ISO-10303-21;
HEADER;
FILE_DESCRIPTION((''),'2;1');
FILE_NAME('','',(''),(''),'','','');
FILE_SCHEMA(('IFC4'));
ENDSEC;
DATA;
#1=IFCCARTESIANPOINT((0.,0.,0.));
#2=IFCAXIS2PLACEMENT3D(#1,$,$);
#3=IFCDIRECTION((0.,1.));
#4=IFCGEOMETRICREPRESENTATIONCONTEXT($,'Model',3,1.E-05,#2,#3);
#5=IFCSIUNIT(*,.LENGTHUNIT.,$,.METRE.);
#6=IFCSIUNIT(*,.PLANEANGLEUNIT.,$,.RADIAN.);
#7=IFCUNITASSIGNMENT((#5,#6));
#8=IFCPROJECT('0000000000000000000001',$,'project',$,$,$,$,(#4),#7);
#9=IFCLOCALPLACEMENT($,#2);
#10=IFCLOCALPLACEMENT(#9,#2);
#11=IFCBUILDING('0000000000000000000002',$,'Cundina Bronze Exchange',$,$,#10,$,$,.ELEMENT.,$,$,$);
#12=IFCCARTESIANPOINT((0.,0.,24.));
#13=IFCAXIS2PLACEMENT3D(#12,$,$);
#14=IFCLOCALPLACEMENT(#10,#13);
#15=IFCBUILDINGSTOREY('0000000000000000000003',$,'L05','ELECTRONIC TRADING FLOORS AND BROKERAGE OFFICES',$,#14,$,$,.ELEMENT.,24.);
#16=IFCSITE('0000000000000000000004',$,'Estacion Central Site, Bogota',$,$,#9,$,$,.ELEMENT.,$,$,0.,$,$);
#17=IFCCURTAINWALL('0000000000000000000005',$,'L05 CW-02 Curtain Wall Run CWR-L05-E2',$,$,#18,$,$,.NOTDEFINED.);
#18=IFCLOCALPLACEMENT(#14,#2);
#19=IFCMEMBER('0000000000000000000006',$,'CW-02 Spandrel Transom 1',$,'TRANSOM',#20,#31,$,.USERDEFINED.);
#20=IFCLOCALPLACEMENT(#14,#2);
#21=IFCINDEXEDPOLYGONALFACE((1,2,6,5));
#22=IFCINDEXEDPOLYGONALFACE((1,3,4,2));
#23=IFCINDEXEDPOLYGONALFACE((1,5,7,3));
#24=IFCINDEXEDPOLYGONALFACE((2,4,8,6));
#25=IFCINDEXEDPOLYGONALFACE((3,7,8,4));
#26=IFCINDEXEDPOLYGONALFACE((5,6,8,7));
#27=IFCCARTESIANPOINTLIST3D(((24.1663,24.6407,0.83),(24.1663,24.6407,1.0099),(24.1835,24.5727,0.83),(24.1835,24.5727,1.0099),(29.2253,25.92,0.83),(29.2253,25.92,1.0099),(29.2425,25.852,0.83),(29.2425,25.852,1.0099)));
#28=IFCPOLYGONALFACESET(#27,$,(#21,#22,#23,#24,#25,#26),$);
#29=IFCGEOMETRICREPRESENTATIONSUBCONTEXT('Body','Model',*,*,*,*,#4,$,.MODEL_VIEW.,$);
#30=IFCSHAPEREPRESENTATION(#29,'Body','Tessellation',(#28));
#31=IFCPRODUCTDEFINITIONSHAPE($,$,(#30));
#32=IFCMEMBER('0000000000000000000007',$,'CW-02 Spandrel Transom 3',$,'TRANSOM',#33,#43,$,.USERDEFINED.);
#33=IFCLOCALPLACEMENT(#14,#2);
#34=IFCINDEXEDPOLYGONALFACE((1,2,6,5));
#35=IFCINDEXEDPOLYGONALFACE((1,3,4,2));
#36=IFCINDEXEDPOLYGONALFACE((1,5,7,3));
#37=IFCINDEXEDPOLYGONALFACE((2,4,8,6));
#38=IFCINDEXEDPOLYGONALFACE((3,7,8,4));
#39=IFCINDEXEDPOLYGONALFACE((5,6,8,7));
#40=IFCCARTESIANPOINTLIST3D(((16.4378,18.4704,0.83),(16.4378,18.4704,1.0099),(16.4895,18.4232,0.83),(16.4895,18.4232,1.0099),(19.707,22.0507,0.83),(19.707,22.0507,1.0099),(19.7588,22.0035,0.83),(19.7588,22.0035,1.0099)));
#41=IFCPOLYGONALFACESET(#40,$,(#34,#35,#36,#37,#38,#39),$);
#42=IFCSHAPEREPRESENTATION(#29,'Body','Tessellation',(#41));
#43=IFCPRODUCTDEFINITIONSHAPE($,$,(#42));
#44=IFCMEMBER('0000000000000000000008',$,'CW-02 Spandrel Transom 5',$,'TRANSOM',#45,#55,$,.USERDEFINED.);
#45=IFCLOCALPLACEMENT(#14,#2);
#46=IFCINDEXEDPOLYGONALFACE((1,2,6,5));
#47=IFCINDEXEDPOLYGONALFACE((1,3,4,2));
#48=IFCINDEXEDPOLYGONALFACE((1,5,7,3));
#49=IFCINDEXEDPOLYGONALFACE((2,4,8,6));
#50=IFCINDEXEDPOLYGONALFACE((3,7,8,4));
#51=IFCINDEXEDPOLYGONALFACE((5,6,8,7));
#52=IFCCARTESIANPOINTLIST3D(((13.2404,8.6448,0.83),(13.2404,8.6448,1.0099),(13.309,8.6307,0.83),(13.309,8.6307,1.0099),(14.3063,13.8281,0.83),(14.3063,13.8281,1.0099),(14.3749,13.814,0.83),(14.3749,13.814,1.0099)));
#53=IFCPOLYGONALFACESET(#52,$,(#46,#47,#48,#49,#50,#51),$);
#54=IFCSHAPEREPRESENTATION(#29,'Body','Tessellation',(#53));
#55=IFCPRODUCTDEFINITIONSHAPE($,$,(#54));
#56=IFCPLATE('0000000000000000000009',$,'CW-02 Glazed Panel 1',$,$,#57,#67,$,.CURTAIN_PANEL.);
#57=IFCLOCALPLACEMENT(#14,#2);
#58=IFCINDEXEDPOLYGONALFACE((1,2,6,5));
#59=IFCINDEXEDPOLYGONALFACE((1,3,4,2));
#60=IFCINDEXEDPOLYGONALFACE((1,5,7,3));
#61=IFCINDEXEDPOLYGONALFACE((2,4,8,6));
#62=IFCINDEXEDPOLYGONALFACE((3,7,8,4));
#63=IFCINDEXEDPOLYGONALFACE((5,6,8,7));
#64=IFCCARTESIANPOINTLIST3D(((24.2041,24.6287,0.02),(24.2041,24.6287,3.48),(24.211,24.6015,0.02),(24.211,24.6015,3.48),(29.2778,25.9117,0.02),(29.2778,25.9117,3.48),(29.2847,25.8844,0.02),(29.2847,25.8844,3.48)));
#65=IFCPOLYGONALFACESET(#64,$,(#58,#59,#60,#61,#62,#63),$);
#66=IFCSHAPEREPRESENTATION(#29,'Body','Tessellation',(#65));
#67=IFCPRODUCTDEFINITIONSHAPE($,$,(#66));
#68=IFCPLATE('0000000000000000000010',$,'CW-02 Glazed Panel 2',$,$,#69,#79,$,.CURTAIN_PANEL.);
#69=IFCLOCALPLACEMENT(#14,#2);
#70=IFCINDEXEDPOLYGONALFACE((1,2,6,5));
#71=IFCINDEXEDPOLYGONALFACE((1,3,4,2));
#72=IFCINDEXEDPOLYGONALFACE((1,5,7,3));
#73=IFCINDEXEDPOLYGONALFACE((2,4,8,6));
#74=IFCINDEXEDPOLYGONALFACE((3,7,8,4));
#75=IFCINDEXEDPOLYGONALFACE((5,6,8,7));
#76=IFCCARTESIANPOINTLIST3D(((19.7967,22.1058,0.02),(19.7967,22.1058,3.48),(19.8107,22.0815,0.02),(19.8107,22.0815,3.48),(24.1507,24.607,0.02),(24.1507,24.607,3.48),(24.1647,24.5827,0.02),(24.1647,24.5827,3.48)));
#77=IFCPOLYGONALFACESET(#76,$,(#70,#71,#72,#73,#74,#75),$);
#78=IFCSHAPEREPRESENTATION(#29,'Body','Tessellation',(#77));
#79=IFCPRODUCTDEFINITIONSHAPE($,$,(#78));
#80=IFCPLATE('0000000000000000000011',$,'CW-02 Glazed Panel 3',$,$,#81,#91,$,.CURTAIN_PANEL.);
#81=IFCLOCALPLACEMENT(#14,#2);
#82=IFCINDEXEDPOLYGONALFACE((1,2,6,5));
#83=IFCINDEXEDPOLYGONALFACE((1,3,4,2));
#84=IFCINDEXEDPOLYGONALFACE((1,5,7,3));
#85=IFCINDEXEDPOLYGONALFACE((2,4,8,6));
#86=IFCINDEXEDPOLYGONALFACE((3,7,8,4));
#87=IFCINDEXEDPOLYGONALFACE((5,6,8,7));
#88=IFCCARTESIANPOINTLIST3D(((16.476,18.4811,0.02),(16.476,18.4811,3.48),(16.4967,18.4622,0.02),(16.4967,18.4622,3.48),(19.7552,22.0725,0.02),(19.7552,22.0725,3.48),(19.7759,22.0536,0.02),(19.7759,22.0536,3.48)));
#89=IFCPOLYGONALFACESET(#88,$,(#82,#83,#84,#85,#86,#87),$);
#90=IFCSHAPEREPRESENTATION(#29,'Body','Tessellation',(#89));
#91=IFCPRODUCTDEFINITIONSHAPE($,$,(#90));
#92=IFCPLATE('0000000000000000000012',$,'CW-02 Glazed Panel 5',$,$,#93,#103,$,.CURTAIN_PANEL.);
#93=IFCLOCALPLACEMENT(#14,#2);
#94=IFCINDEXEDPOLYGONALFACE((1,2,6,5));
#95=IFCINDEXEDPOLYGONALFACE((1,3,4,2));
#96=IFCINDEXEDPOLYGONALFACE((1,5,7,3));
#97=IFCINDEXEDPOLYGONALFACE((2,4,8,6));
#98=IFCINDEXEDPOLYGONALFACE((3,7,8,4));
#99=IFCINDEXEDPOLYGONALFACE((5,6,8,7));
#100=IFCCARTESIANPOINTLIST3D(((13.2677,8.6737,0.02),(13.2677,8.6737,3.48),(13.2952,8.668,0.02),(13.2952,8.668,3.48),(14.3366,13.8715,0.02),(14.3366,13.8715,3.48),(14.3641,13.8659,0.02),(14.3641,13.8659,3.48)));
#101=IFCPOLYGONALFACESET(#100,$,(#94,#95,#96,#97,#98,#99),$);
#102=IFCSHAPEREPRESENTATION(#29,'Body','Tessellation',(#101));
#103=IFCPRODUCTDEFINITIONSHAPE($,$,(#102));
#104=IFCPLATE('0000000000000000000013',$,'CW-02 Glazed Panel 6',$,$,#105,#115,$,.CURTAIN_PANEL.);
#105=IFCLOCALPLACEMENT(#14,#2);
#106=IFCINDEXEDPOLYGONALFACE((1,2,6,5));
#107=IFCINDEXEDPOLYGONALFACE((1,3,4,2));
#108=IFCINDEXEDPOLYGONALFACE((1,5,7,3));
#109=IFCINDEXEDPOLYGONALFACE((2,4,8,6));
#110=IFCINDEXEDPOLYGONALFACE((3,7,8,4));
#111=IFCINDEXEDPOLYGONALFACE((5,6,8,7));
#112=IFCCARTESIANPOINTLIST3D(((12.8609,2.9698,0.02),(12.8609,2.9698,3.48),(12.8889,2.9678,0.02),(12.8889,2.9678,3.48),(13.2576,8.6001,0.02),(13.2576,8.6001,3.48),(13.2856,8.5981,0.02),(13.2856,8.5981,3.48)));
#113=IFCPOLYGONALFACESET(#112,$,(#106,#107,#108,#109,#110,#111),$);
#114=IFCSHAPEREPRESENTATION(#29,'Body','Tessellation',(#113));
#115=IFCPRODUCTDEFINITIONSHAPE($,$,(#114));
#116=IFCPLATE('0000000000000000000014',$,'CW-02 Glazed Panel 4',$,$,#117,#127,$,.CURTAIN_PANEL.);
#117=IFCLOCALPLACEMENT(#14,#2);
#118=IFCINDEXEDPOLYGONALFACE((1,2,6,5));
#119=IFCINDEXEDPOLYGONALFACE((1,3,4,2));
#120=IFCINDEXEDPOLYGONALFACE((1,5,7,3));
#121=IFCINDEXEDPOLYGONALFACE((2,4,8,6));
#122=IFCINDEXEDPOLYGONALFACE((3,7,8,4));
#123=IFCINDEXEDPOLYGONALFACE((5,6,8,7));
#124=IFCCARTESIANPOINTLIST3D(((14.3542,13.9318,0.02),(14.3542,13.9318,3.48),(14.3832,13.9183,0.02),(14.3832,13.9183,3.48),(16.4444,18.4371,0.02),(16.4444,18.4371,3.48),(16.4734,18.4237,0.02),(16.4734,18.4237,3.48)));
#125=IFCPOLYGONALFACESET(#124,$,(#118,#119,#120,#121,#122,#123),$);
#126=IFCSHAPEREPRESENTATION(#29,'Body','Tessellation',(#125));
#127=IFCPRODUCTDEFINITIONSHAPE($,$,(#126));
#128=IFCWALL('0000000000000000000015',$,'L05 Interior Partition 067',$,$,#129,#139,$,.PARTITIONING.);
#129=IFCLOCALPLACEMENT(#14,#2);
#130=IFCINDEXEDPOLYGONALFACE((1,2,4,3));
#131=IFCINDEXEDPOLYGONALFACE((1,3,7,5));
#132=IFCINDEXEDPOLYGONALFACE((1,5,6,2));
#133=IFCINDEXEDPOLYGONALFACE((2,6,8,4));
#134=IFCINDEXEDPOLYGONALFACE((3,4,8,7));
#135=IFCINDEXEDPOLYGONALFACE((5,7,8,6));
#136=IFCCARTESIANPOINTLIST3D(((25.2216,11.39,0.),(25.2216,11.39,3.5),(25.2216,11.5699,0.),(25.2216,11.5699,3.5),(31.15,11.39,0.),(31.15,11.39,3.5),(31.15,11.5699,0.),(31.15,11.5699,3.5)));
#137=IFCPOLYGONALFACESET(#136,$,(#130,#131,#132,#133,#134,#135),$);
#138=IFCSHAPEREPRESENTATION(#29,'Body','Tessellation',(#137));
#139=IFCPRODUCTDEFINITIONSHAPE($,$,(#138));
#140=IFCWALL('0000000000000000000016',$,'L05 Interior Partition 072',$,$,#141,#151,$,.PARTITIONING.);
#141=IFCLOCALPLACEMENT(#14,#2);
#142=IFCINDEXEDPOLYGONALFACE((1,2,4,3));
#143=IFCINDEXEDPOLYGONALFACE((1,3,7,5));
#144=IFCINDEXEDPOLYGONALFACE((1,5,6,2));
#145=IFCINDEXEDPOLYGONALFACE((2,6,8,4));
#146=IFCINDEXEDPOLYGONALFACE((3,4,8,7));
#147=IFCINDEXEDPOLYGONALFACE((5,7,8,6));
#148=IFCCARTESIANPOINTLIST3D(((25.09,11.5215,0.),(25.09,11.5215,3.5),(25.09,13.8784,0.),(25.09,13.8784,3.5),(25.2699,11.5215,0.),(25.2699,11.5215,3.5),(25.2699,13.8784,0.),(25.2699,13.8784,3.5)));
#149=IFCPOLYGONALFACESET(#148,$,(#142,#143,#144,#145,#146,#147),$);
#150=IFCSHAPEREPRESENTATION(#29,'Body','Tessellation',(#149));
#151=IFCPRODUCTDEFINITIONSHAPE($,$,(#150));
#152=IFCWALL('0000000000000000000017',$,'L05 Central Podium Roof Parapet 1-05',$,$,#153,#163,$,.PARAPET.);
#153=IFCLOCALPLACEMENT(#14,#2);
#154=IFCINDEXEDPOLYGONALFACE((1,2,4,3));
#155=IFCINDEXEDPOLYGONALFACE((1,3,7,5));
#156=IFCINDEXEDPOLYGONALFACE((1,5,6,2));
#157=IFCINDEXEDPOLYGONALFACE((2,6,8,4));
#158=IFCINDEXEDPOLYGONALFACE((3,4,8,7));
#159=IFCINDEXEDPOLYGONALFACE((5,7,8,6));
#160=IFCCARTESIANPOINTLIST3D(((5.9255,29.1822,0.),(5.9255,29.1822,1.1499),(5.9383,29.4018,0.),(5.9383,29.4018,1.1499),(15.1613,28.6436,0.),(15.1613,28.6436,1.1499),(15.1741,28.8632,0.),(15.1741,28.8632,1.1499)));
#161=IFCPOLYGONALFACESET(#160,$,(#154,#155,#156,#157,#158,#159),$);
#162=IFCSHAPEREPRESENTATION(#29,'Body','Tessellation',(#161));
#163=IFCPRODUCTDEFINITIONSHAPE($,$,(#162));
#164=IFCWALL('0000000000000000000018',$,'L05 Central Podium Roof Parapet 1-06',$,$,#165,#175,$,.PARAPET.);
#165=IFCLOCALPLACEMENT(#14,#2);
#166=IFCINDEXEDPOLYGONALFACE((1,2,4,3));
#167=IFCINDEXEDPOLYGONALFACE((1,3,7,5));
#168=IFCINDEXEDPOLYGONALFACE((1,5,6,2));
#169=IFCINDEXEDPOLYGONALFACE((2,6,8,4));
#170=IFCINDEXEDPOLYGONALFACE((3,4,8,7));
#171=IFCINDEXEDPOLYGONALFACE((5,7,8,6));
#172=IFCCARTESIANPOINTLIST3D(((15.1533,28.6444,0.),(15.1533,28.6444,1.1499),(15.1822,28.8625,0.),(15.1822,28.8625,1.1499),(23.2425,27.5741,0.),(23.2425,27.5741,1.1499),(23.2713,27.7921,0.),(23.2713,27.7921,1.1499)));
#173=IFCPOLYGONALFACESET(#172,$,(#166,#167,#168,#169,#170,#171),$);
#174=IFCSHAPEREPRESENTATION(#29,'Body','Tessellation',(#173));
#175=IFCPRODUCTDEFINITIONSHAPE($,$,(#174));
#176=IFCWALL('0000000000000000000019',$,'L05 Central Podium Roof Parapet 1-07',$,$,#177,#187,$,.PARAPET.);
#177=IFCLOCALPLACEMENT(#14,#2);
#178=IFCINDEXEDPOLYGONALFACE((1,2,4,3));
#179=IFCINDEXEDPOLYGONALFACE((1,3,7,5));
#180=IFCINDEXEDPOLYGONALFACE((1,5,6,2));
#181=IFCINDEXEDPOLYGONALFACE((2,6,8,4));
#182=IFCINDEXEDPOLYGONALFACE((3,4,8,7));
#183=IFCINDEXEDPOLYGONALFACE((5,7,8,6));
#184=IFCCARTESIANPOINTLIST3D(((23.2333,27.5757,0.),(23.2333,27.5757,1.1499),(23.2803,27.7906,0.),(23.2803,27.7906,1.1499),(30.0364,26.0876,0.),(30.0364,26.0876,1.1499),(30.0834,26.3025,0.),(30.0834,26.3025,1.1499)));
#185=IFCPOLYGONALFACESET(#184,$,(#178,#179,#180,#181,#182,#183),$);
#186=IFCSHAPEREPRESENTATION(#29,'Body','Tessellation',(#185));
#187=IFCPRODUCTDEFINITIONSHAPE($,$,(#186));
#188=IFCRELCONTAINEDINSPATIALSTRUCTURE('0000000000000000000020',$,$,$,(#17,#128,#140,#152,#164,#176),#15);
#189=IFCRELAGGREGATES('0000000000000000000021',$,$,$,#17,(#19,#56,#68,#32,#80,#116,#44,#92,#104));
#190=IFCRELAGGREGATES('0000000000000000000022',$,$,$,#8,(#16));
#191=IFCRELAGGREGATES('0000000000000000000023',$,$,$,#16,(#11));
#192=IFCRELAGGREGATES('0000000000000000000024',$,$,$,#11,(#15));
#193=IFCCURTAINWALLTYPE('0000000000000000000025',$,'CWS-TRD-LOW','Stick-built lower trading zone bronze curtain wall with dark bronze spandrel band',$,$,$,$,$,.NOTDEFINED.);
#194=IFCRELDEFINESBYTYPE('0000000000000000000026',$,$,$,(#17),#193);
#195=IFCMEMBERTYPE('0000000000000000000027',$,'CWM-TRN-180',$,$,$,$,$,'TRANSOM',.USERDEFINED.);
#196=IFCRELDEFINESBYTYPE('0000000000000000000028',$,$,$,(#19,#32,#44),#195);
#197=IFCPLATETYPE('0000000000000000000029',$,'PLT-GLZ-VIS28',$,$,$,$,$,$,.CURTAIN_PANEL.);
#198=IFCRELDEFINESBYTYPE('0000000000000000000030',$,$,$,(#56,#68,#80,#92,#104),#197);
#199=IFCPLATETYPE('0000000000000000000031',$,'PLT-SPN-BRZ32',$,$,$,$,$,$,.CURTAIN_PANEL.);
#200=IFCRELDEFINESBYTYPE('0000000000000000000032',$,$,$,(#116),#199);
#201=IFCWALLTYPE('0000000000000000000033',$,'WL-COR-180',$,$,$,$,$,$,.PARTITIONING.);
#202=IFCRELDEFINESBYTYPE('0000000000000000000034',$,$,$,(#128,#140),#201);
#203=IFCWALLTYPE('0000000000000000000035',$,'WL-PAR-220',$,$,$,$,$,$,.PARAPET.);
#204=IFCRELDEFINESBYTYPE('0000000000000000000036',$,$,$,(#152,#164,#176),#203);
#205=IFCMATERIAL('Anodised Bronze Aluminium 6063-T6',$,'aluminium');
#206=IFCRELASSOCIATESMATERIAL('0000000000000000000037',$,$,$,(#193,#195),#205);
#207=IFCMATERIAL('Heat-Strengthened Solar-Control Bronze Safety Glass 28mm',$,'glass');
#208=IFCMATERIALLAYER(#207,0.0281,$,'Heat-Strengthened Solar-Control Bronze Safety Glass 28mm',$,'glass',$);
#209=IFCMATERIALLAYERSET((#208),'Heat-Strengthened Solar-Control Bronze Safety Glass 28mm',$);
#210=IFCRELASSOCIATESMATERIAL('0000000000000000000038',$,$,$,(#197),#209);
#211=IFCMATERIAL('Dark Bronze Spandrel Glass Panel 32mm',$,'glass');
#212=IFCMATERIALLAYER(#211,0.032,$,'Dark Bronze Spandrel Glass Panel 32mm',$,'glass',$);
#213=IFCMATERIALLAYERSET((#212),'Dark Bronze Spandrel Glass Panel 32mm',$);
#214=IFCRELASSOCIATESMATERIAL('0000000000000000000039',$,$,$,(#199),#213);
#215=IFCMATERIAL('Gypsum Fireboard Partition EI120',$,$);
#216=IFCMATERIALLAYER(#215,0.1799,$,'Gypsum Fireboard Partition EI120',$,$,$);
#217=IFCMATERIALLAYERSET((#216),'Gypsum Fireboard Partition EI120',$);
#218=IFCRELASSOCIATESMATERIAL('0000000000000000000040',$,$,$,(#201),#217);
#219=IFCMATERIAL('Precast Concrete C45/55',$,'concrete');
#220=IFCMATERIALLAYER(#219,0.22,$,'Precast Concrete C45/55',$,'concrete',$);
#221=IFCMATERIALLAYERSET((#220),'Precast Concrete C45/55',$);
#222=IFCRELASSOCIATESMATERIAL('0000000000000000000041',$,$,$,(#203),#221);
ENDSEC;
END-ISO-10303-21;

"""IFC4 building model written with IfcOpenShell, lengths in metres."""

from ifc_helpers import new_model, si_unit, direction, frame, frame_2d, origin, origin_2d, place, context, subcontext, project, spatial, rectangle, extrude, material, layer, layer_set, material_profile, profile_set, type_object, element, aggregate, save


model = new_model("IFC4")

# Units and contexts
model_context = context("Model", 3, precision=1e-05, world=origin(), true_north=direction((0.0, 1.0)))
body_context = subcontext(model_context, "Body", "Model", "MODEL_VIEW")
ifc_project = project(units=[si_unit("LENGTHUNIT", "METRE"), si_unit("PLANEANGLEUNIT", "RADIAN")], contexts=[model_context])

# Site, building, storey
site_placement = place(None, origin())
site = spatial("IfcSite", under=ifc_project, at=site_placement, Name="Estacion Central Site, Bogota", CompositionType="ELEMENT", RefElevation=0.0)
building_placement = place(site_placement, origin())
building = spatial("IfcBuilding", under=site, at=building_placement, Name="Cundina Bronze Exchange", CompositionType="ELEMENT")
storey_placement = place(building_placement, frame((0.0, 0.0, 24.0)))
storey = spatial("IfcBuildingStorey", under=building, at=storey_placement, Name="L05", Description="ELECTRONIC TRADING FLOORS AND BROKERAGE OFFICES", CompositionType="ELEMENT", Elevation=24.0)

# Curtain wall, members, plates
ifc_material_1 = material(Name="Anodised Bronze Aluminium 6063-T6", Category="aluminium")
curtain_wall_type = type_object("IfcCurtainWallType", Name="CWS-TRD-LOW", Description="Stick-built lower trading zone bronze curtain wall with dark bronze spandrel band", PredefinedType="NOTDEFINED", material=ifc_material_1)
curtain_wall_placement = place(storey_placement, origin())
curtain_wall = element("IfcCurtainWall", 1, at=curtain_wall_placement, inside=storey, type_object=curtain_wall_type, Name="L05 CW-02 Curtain Wall Run CWR-L05-E2", PredefinedType="NOTDEFINED")
ifc_material_profile_1 = material_profile(ifc_material_1, rectangle(XDim=0.0701, YDim=0.1799, at=origin_2d()), Name="AL70X180", Category="aluminium")
ifc_profile_set_1 = profile_set([ifc_material_profile_1], Name="Anodised Bronze Aluminium 6063-T6")
member_type_1 = type_object("IfcMemberType", Name="CWM-TRN-180", ElementType="TRANSOM", PredefinedType="USERDEFINED", material=ifc_profile_set_1)
member_1_placement = place(storey_placement, frame((29.2339, 25.886, 0.9199), z_axis=(-0.969484, -0.245155, 0.0), x_axis=(0.245155, -0.969484, 0.0)))
member_1 = element("IfcMember", 2, at=member_1_placement, type_object=member_type_1, Name="CW-02 Spandrel Transom 1", ObjectType="TRANSOM", PredefinedType="USERDEFINED", context=body_context, shape_type="SweptSolid", body=[
    extrude(rectangle(XDim=0.0701, YDim=0.1799, at=origin_2d()), origin(), (0.0, 0.0, 1.0), 5.2183),
])
member_2_placement = place(storey_placement, frame((19.7329, 22.0271, 0.9199), z_axis=(-0.674303, -0.738455, 0.0), x_axis=(0.738455, -0.674303, 0.0)))
member_2 = element("IfcMember", 3, at=member_2_placement, type_object=member_type_1, Name="CW-02 Spandrel Transom 3", ObjectType="TRANSOM", PredefinedType="USERDEFINED", context=body_context, shape_type="SweptSolid", body=[
    extrude(rectangle(XDim=0.0701, YDim=0.1799, at=origin_2d()), origin(), (0.0, 0.0, 1.0), 4.8484),
])
member_3_placement = place(storey_placement, frame((14.3406, 13.821, 0.9199), z_axis=(-0.201428, -0.979503, 0.0), x_axis=(0.979503, -0.201428, 0.0)))
member_3 = element("IfcMember", 4, at=member_3_placement, type_object=member_type_1, Name="CW-02 Spandrel Transom 5", ObjectType="TRANSOM", PredefinedType="USERDEFINED", context=body_context, shape_type="SweptSolid", body=[
    extrude(rectangle(XDim=0.0701, YDim=0.1799, at=origin_2d()), origin(), (0.0, 0.0, 1.0), 5.2917),
])
ifc_material_2 = material(Name="Heat-Strengthened Solar-Control Bronze Safety Glass 28mm", Category="glass")
ifc_layer_1 = layer(ifc_material_2, 0.0281, Name="Heat-Strengthened Solar-Control Bronze Safety Glass 28mm", Category="glass")
ifc_layer_set_1 = layer_set([ifc_layer_1], Name="Heat-Strengthened Solar-Control Bronze Safety Glass 28mm")
plate_type_1 = type_object("IfcPlateType", Name="PLT-GLZ-VIS28", PredefinedType="CURTAIN_PANEL", material=ifc_layer_set_1)
plate_1_placement = place(storey_placement, frame((26.7444, 25.2566, 0.02), z_axis=(0.0, 0.0, 1.0), x_axis=(-0.969488, -0.245138, 0.0)))
plate_1 = element("IfcPlate", 5, at=plate_1_placement, type_object=plate_type_1, Name="CW-02 Glazed Panel 1", PredefinedType="CURTAIN_PANEL", context=body_context, shape_type="SweptSolid", body=[
    extrude(rectangle(XDim=5.2334, YDim=0.0281, at=origin_2d()), origin(), (0.0, 0.0, 1.0), 3.46),
])
plate_2_placement = place(storey_placement, frame((21.9807, 23.3442, 0.02), z_axis=(0.0, 0.0, 1.0), x_axis=(-0.867105, -0.498125, 0.0)))
plate_2 = element("IfcPlate", 6, at=plate_2_placement, type_object=plate_type_1, Name="CW-02 Glazed Panel 2", PredefinedType="CURTAIN_PANEL", context=body_context, shape_type="SweptSolid", body=[
    extrude(rectangle(XDim=5.0212, YDim=0.0281, at=origin_2d()), origin(), (0.0, 0.0, 1.0), 3.46),
])
plate_3_placement = place(storey_placement, frame((18.126, 20.2673, 0.02), z_axis=(0.0, 0.0, 1.0), x_axis=(-0.674277, -0.738479, 0.0)))
plate_3 = element("IfcPlate", 7, at=plate_3_placement, type_object=plate_type_1, Name="CW-02 Glazed Panel 3", PredefinedType="CURTAIN_PANEL", context=body_context, shape_type="SweptSolid", body=[
    extrude(rectangle(XDim=4.8633, YDim=0.0281, at=origin_2d()), origin(), (0.0, 0.0, 1.0), 3.46),
])
plate_4_placement = place(storey_placement, frame((13.8159, 11.2698, 0.02), z_axis=(0.0, 0.0, 1.0), x_axis=(-0.20142, -0.979505, 0.0)))
plate_4 = element("IfcPlate", 8, at=plate_4_placement, type_object=plate_type_1, Name="CW-02 Glazed Panel 5", PredefinedType="CURTAIN_PANEL", context=body_context, shape_type="SweptSolid", body=[
    extrude(rectangle(XDim=5.3066, YDim=0.0281, at=origin_2d()), origin(), (0.0, 0.0, 1.0), 3.46),
])
plate_5_placement = place(storey_placement, frame((13.0732, 5.7839, 0.02), z_axis=(0.0, 0.0, 1.0), x_axis=(-0.070279, -0.997527, 0.0)))
plate_5 = element("IfcPlate", 9, at=plate_5_placement, type_object=plate_type_1, Name="CW-02 Glazed Panel 6", PredefinedType="CURTAIN_PANEL", context=body_context, shape_type="SweptSolid", body=[
    extrude(rectangle(XDim=5.6443, YDim=0.0281, at=origin_2d()), origin(), (0.0, 0.0, 1.0), 3.46),
])
ifc_material_3 = material(Name="Dark Bronze Spandrel Glass Panel 32mm", Category="glass")
ifc_layer_2 = layer(ifc_material_3, 0.032, Name="Dark Bronze Spandrel Glass Panel 32mm", Category="glass")
ifc_layer_set_2 = layer_set([ifc_layer_2], Name="Dark Bronze Spandrel Glass Panel 32mm")
plate_type_2 = type_object("IfcPlateType", Name="PLT-SPN-BRZ32", PredefinedType="CURTAIN_PANEL", material=ifc_layer_set_2)
plate_6_placement = place(storey_placement, frame((15.4138, 16.1777, 0.02), z_axis=(0.0, 0.0, 1.0), x_axis=(-0.420846, -0.907132, 0.0)))
plate_6 = element("IfcPlate", 10, at=plate_6_placement, type_object=plate_type_2, Name="CW-02 Glazed Panel 4", PredefinedType="CURTAIN_PANEL", context=body_context, shape_type="SweptSolid", body=[
    extrude(rectangle(XDim=4.9666, YDim=0.032, at=origin_2d()), origin(), (0.0, 0.0, 1.0), 3.46),
])
aggregate(curtain_wall, [member_1, plate_1, plate_2, member_2, plate_3, plate_6, member_3, plate_4, plate_5])

# Walls
ifc_material_4 = material(Name="Gypsum Fireboard Partition EI120")
ifc_layer_3 = layer(ifc_material_4, 0.1799, Name="Gypsum Fireboard Partition EI120")
ifc_layer_set_3 = layer_set([ifc_layer_3], Name="Gypsum Fireboard Partition EI120")
wall_type_1 = type_object("IfcWallType", Name="WL-COR-180", PredefinedType="PARTITIONING", material=ifc_layer_set_3)
wall_1_placement = place(storey_placement, frame((25.2214, 11.48, 0.0), z_axis=(0.0, 0.0, 1.0), x_axis=(1.0, 0.0, 0.0)))
element("IfcWall", 11, at=wall_1_placement, inside=storey, type_object=wall_type_1, Name="L05 Interior Partition 067", PredefinedType="PARTITIONING", context=body_context, shape_type="SweptSolid", body=[
    extrude(rectangle(XDim=5.9285, YDim=0.1799, at=frame_2d((2.9644, 0.0))), origin(), (0.0, 0.0, 1.0), 3.5),
])
wall_2_placement = place(storey_placement, frame((25.1799, 13.8784, 0.0), z_axis=(0.0, 0.0, 1.0), x_axis=(0.0, -1.0, 0.0)))
element("IfcWall", 12, at=wall_2_placement, inside=storey, type_object=wall_type_1, Name="L05 Interior Partition 072", PredefinedType="PARTITIONING", context=body_context, shape_type="SweptSolid", body=[
    extrude(rectangle(XDim=2.3569, YDim=0.1799, at=frame_2d((1.1785, 0.0))), origin(), (0.0, 0.0, 1.0), 3.5),
])
ifc_material_5 = material(Name="Precast Concrete C45/55", Category="concrete")
ifc_layer_4 = layer(ifc_material_5, 0.22, Name="Precast Concrete C45/55", Category="concrete")
ifc_layer_set_4 = layer_set([ifc_layer_4], Name="Precast Concrete C45/55")
wall_type_2 = type_object("IfcWallType", Name="WL-PAR-220", PredefinedType="PARAPET", material=ifc_layer_set_4)
wall_3_placement = place(storey_placement, frame((5.9319, 29.292, 0.0), z_axis=(0.0, 0.0, 1.0), x_axis=(0.998304, -0.058215, 0.0)))
element("IfcWall", 13, at=wall_3_placement, inside=storey, type_object=wall_type_2, Name="L05 Central Podium Roof Parapet 1-05", PredefinedType="PARAPET", context=body_context, shape_type="SweptSolid", body=[
    extrude(rectangle(XDim=9.2515, YDim=0.22, at=frame_2d((4.6257, 0.0))), origin(), (0.0, 0.0, 1.0), 1.1499),
])
wall_4_placement = place(storey_placement, frame((15.1677, 28.7534, 0.0), z_axis=(0.0, 0.0, 1.0), x_axis=(0.99136, -0.131172, 0.0)))
element("IfcWall", 14, at=wall_4_placement, inside=storey, type_object=wall_type_2, Name="L05 Central Podium Roof Parapet 1-06", PredefinedType="PARAPET", context=body_context, shape_type="SweptSolid", body=[
    extrude(rectangle(XDim=8.1597, YDim=0.22, at=frame_2d((4.0798, 0.0))), origin(), (0.0, 0.0, 1.0), 1.1499),
])
wall_5_placement = place(storey_placement, frame((23.2568, 27.6831, 0.0), z_axis=(0.0, 0.0, 1.0), x_axis=(0.976903, -0.213681, 0.0)))
element("IfcWall", 15, at=wall_5_placement, inside=storey, type_object=wall_type_2, Name="L05 Central Podium Roof Parapet 1-07", PredefinedType="PARAPET", context=body_context, shape_type="SweptSolid", body=[
    extrude(rectangle(XDim=6.9639, YDim=0.22, at=frame_2d((3.4819, 0.0))), origin(), (0.0, 0.0, 1.0), 1.1499),
])

save(model, "model.ifc")
